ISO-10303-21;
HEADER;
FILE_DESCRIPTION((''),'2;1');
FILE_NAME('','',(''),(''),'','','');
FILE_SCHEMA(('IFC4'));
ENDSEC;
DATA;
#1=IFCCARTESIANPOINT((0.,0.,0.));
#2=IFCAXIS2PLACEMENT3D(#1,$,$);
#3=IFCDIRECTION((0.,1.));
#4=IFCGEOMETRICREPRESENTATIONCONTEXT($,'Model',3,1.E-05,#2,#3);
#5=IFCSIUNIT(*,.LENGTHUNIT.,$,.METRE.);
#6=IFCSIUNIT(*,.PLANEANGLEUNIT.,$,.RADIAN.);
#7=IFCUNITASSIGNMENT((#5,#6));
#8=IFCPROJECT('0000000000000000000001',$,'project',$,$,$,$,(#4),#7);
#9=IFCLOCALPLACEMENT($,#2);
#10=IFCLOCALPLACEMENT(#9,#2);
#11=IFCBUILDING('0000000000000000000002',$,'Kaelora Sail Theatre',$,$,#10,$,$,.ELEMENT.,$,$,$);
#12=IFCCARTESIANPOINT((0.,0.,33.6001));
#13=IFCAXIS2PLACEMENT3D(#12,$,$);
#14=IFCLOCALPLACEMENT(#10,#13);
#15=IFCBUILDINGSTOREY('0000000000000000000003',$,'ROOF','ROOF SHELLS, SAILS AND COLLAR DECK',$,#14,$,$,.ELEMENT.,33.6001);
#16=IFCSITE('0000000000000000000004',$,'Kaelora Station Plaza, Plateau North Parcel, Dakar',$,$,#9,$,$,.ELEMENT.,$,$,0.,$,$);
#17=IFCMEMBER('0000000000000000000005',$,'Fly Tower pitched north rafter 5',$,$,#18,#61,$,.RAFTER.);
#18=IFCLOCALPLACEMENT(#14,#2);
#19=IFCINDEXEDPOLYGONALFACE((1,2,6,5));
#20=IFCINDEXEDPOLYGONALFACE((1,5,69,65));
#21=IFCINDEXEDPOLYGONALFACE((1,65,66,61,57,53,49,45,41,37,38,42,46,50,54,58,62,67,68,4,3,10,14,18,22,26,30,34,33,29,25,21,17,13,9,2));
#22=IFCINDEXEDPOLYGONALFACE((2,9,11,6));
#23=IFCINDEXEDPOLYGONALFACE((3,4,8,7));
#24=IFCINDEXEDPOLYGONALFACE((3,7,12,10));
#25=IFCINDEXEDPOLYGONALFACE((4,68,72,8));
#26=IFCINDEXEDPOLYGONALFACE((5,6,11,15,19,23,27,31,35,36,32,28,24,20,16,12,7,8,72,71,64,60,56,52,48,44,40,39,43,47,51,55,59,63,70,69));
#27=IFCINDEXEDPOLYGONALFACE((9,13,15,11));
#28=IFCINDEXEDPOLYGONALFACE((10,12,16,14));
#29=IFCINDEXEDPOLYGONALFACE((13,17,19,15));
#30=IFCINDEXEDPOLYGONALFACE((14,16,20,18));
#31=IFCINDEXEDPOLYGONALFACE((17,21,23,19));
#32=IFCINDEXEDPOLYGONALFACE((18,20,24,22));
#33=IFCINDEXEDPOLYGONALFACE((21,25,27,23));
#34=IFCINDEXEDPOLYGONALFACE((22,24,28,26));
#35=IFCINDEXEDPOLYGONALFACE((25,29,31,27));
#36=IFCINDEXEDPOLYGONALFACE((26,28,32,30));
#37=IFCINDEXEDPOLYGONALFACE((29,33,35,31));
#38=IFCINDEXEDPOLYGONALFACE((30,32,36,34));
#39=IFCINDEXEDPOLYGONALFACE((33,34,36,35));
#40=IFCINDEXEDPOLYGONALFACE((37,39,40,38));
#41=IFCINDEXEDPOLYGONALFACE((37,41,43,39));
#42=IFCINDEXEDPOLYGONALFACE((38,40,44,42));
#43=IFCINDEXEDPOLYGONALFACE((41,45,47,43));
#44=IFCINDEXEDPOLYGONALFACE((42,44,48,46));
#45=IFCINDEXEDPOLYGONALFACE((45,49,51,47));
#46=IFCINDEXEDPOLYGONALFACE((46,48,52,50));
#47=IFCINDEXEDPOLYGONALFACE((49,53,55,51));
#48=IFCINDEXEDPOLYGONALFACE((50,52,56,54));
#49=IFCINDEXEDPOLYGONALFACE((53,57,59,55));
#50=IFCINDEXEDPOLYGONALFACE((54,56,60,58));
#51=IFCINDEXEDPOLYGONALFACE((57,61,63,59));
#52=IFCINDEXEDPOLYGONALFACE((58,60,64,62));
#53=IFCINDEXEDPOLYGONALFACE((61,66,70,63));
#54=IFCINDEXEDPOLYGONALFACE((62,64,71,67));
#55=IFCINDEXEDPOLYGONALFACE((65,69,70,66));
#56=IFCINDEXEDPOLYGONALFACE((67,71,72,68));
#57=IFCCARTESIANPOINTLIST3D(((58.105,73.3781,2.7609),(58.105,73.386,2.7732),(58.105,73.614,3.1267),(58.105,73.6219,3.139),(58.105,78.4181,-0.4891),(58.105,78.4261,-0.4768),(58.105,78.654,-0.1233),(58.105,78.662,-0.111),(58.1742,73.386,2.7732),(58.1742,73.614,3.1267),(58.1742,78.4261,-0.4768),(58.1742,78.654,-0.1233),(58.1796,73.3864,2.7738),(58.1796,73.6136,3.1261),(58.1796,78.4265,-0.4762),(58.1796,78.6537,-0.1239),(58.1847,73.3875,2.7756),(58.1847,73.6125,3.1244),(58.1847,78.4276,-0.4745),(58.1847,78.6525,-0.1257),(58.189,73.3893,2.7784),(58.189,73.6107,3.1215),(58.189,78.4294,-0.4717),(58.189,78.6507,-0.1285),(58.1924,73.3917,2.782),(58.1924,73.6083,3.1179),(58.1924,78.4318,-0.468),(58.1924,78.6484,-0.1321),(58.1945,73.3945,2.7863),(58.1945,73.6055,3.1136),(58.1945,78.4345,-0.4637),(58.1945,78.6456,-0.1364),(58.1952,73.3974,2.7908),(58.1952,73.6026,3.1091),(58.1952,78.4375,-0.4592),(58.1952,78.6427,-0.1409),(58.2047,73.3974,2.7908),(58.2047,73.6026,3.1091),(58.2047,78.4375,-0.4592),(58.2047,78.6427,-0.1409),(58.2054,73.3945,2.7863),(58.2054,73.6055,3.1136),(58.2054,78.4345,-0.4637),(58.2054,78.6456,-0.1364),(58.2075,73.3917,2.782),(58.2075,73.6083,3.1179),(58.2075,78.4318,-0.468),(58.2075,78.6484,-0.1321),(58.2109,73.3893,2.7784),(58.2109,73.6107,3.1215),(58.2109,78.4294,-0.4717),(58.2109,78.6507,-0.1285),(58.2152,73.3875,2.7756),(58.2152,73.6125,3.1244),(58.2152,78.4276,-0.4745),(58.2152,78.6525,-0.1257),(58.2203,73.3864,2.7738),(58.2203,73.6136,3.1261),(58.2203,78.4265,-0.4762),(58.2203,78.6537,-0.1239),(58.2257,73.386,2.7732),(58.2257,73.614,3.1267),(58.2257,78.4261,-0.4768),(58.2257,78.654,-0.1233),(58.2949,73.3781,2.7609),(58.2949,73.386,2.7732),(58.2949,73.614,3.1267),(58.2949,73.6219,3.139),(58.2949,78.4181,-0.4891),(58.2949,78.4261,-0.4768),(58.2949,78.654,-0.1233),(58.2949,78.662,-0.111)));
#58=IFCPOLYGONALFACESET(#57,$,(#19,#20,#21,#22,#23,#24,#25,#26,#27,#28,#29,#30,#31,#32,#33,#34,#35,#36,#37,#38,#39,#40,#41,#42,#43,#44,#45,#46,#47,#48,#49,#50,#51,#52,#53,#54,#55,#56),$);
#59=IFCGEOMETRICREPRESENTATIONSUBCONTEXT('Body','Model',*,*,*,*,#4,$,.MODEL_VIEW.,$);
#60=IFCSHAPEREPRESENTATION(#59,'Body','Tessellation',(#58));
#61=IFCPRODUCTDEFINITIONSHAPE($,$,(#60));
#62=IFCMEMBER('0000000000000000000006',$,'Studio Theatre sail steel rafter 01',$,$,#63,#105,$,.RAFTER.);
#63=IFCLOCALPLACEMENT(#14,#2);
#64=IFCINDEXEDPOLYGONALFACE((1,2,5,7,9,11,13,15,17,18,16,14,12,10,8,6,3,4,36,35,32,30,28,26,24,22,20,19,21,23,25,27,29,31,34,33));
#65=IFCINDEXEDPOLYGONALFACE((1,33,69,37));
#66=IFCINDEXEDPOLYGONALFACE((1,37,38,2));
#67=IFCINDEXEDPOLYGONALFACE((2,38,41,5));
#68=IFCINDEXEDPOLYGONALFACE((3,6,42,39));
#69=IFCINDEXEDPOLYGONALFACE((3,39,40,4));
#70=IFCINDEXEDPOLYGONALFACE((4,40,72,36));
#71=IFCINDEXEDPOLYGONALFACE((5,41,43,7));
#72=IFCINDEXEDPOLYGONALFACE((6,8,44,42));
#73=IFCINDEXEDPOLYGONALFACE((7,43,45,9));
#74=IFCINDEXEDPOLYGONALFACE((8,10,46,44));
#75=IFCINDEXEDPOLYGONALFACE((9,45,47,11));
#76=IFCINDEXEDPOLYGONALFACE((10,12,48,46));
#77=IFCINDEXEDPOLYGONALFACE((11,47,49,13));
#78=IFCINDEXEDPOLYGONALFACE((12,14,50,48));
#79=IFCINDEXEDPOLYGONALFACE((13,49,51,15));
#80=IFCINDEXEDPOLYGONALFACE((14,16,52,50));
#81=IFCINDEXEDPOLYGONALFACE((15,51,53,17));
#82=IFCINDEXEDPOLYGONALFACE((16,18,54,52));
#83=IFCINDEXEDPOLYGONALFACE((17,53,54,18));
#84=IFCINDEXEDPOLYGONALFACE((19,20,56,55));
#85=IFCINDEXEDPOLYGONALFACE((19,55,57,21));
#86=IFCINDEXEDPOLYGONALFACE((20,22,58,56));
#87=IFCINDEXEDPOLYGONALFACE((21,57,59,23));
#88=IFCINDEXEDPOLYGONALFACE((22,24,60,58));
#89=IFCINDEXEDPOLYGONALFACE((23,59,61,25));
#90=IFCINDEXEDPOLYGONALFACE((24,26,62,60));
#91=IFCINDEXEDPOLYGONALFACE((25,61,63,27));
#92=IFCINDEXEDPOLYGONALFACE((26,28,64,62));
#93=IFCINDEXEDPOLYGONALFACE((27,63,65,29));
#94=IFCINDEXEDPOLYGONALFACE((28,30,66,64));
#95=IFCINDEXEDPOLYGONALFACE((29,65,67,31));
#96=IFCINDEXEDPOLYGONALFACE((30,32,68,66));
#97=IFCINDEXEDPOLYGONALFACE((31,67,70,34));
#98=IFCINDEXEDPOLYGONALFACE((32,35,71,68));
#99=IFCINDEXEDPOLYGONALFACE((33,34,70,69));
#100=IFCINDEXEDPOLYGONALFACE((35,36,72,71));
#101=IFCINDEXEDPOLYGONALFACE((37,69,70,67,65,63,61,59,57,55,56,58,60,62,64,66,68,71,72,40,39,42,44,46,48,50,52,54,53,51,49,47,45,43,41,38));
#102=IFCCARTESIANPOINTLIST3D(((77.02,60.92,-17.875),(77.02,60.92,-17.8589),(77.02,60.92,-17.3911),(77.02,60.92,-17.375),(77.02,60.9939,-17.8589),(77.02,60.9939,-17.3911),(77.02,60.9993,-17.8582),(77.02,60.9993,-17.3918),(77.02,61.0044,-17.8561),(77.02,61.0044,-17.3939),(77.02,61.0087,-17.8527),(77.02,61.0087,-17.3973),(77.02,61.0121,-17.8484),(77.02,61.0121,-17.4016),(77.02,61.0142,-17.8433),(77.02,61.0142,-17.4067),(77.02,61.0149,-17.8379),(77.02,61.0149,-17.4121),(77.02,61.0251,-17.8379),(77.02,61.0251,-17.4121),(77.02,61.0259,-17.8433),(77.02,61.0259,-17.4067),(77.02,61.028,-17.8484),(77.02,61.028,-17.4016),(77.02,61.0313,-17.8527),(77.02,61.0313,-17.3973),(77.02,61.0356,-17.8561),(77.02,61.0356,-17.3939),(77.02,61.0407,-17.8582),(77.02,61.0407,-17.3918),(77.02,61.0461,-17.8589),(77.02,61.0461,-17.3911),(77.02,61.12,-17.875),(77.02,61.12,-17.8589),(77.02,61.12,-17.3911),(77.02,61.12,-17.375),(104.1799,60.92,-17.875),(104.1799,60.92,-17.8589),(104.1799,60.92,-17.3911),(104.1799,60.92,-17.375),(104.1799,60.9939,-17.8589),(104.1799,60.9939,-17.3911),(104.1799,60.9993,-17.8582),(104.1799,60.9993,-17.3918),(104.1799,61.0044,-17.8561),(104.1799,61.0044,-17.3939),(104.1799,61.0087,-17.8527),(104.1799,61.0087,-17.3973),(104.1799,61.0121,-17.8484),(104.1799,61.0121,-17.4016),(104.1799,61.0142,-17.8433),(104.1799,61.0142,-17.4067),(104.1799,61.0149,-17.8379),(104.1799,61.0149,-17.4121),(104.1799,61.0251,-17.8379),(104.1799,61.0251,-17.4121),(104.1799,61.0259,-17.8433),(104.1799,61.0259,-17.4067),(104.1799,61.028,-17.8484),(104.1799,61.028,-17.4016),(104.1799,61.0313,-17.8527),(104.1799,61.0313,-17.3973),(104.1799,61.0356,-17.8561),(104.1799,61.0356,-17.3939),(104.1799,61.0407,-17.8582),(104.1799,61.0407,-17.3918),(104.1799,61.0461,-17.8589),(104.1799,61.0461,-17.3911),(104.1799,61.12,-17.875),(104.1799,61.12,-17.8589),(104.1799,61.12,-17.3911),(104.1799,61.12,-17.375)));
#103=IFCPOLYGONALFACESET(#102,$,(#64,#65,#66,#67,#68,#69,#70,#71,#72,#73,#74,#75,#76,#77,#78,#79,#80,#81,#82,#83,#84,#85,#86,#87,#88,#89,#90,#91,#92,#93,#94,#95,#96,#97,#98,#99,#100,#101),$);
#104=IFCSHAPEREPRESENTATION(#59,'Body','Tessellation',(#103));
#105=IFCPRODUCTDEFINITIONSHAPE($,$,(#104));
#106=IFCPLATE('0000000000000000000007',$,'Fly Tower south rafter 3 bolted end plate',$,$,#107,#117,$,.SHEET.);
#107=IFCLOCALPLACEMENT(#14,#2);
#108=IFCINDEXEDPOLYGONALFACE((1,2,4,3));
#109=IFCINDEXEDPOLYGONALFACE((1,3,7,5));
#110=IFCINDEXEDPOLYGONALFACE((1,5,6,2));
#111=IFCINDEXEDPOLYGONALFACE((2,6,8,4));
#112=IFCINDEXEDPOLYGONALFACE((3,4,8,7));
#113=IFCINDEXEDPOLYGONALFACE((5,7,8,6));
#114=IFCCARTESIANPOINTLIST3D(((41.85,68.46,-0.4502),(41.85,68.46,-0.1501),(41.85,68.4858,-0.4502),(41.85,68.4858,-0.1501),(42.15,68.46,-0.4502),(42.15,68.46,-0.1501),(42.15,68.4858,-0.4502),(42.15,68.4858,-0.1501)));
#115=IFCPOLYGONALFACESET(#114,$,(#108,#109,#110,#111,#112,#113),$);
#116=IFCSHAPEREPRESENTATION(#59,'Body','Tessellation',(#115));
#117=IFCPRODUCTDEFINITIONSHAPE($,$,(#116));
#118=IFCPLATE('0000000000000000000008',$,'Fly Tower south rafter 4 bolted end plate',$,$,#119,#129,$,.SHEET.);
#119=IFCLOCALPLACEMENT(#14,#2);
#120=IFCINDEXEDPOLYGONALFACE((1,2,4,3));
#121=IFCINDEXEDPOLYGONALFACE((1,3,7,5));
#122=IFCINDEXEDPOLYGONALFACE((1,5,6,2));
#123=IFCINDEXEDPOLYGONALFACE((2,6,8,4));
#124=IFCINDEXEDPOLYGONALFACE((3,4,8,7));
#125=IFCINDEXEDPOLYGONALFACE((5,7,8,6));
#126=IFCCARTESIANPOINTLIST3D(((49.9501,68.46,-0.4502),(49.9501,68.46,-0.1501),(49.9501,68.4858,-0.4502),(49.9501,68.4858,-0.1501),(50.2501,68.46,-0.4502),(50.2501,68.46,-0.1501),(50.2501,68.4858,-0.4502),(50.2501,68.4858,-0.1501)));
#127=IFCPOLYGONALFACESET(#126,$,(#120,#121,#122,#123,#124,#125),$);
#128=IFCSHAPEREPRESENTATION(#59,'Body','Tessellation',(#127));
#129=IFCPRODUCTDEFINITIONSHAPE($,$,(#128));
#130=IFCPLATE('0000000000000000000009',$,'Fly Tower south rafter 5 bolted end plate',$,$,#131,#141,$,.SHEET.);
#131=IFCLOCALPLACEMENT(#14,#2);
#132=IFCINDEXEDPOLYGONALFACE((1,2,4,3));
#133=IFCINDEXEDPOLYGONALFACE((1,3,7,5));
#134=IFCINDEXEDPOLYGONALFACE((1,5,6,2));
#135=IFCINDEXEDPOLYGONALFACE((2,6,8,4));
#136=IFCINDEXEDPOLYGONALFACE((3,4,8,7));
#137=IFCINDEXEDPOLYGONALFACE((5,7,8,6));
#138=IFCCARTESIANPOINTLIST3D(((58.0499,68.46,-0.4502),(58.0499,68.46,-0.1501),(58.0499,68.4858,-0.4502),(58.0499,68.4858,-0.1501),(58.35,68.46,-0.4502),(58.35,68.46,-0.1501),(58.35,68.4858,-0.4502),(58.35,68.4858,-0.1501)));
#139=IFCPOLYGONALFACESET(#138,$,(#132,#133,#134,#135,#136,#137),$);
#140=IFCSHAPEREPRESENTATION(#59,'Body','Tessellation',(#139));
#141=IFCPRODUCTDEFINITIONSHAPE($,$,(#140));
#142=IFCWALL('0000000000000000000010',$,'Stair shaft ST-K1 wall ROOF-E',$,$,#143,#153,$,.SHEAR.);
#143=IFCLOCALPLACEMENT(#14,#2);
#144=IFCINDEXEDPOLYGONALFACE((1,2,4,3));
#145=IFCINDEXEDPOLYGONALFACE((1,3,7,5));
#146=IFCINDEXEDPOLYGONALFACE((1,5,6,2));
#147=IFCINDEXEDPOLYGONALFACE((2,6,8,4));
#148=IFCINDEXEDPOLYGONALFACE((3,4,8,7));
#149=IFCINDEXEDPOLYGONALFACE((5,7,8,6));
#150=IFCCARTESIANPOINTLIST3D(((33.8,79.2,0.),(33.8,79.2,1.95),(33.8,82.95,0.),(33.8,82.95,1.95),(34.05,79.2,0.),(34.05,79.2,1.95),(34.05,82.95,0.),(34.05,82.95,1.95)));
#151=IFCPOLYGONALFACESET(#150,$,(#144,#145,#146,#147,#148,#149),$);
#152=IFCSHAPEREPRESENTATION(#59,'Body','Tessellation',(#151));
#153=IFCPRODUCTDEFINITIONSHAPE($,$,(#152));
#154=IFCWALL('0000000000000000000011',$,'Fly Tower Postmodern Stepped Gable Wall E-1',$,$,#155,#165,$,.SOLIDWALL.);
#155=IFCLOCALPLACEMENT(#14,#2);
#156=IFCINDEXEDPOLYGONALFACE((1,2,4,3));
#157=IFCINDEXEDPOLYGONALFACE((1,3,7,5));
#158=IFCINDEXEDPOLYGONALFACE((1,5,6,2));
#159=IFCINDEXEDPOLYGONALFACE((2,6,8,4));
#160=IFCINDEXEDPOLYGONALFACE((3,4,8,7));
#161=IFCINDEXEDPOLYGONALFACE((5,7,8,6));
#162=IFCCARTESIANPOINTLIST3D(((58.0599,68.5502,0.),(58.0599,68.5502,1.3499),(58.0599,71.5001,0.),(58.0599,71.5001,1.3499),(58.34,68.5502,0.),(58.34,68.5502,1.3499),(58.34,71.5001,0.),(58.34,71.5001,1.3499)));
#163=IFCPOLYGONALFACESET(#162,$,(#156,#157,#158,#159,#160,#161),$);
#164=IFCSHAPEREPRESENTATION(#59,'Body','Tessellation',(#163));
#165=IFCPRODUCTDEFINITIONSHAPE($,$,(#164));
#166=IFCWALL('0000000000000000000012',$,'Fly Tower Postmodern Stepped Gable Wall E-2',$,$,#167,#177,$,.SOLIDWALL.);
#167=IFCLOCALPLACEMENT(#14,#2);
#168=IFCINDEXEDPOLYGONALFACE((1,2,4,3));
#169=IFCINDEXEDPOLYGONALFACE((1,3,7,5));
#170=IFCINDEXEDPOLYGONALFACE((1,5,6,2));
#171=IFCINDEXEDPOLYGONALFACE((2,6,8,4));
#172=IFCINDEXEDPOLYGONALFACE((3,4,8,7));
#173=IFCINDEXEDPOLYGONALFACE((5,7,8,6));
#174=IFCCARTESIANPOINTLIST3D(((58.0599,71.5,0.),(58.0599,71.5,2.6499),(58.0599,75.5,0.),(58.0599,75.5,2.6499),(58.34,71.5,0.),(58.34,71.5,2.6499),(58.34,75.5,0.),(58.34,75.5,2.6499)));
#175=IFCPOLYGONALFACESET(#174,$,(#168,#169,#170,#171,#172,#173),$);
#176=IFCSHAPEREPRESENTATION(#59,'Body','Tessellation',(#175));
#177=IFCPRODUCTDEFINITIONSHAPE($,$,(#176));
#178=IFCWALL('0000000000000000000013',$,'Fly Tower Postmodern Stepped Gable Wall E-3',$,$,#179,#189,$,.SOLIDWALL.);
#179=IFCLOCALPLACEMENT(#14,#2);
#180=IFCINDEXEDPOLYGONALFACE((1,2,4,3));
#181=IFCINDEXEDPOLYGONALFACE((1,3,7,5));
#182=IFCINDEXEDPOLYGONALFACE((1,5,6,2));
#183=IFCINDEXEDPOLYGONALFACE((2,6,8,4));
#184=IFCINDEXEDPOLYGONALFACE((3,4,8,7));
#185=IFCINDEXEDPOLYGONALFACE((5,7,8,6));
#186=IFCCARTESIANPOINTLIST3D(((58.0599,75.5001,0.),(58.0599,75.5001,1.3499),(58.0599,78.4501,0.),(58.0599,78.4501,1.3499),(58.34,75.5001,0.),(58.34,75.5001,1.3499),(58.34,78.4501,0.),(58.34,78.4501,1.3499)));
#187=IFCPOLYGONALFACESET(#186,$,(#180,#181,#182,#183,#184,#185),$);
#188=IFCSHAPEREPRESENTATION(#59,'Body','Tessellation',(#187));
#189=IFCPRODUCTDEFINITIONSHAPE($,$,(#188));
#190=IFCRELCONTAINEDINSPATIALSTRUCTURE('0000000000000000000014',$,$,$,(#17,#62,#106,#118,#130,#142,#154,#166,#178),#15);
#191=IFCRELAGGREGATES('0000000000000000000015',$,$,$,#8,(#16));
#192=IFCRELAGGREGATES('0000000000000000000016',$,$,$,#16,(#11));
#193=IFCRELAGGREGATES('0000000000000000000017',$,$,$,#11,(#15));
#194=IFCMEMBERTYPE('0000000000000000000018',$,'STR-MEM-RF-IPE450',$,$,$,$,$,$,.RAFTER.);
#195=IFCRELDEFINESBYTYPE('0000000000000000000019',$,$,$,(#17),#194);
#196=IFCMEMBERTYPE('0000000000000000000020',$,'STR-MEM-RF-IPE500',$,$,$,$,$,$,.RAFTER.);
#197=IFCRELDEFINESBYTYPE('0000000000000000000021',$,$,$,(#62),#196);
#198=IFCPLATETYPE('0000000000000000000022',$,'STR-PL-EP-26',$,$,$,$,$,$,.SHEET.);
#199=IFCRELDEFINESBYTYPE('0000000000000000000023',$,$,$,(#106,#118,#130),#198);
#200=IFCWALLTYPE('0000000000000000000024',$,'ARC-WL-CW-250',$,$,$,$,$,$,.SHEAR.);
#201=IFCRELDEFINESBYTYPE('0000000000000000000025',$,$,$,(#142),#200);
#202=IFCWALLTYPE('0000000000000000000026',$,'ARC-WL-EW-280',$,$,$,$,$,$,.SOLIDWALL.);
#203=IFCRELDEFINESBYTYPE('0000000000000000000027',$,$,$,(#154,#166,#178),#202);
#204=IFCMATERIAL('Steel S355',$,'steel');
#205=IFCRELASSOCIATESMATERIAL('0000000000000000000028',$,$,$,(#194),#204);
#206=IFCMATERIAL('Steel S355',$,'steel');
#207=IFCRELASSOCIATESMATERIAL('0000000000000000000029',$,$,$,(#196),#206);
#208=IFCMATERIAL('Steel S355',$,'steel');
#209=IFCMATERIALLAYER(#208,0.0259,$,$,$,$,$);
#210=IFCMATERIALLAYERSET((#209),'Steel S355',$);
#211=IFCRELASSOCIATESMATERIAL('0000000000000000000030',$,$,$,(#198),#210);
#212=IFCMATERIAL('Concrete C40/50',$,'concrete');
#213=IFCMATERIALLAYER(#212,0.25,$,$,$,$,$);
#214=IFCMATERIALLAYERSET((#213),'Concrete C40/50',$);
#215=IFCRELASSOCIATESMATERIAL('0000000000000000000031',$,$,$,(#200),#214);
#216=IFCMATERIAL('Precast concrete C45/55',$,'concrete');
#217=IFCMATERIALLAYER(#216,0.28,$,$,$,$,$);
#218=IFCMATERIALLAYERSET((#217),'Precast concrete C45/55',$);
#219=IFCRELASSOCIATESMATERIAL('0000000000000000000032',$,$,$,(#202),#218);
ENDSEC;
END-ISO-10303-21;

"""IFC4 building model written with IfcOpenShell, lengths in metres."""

from ifc_helpers import new_model, si_unit, direction, frame, frame_2d, origin, origin_2d, place, context, subcontext, project, spatial, rectangle, i_section, extrude, material, layer, layer_set, material_profile, profile_set, type_object, element, save


model = new_model("IFC4")

# Units and contexts
model_context = context("Model", 3, precision=1e-05, world=origin(), true_north=direction((0.0, 1.0)))
body_context = subcontext(model_context, "Body", "Model", "MODEL_VIEW")
ifc_project = project(units=[si_unit("LENGTHUNIT", "METRE"), si_unit("PLANEANGLEUNIT", "RADIAN")], contexts=[model_context])

# Site, building, storey
site_placement = place(None, origin())
site = spatial("IfcSite", under=ifc_project, at=site_placement, Name="Kaelora Station Plaza, Plateau North Parcel, Dakar", CompositionType="ELEMENT", RefElevation=0.0)
building_placement = place(site_placement, origin())
building = spatial("IfcBuilding", under=site, at=building_placement, Name="Kaelora Sail Theatre", CompositionType="ELEMENT")
storey_placement = place(building_placement, frame((0.0, 0.0, 33.6001)))
storey = spatial("IfcBuildingStorey", under=building, at=storey_placement, Name="ROOF", Description="ROOF SHELLS, SAILS AND COLLAR DECK", CompositionType="ELEMENT", Elevation=33.6001)

# Members
ifc_material_1 = material(Name="Steel S355", Category="steel")
ifc_material_profile_1 = material_profile(ifc_material_1, i_section(OverallWidth=0.1899, OverallDepth=0.45, WebThickness=0.0095, FlangeThickness=0.0146, FilletRadius=0.021, at=origin_2d()), Name="IPE 450")
ifc_profile_set_1 = profile_set([ifc_material_profile_1], Name="Steel S355")
member_type_1 = type_object("IfcMemberType", Name="STR-MEM-RF-IPE450", PredefinedType="RAFTER", material=ifc_profile_set_1)
for number, where, z_axis, x_axis, name in (
    (1, (58.2, 73.5, 2.95), (0.0, 0.840421, -0.541934), (-1.0, 0.0, 0.0), "Fly Tower pitched north rafter 5"),
):
    element("IfcMember", number, at=place(storey_placement, frame(where, z_axis=z_axis, x_axis=x_axis)), inside=storey, type_object=member_type_1, Name=name, PredefinedType="RAFTER", context=body_context, shape_type="SweptSolid", body=[
        extrude(i_section(OverallWidth=0.1899, OverallDepth=0.45, WebThickness=0.0095, FlangeThickness=0.0146, FilletRadius=0.021, at=origin_2d()), origin(), (0.0, 0.0, 1.0), 5.9971),
    ])
ifc_material_2 = material(Name="Steel S355", Category="steel")
ifc_material_profile_2 = material_profile(ifc_material_2, i_section(OverallWidth=0.2, OverallDepth=0.5, WebThickness=0.0103, FlangeThickness=0.0161, FilletRadius=0.021, at=origin_2d()), Name="IPE 500")
ifc_profile_set_2 = profile_set([ifc_material_profile_2], Name="Steel S355")
member_type_2 = type_object("IfcMemberType", Name="STR-MEM-RF-IPE500", PredefinedType="RAFTER", material=ifc_profile_set_2)
member_placement = place(storey_placement, frame((77.02, 61.02, -17.625), z_axis=(1.0, 0.0, 0.0), x_axis=(0.0, 1.0, 0.0)))
element("IfcMember", 2, at=member_placement, inside=storey, type_object=member_type_2, Name="Studio Theatre sail steel rafter 01", PredefinedType="RAFTER", context=body_context, shape_type="SweptSolid", body=[
    extrude(i_section(OverallWidth=0.2, OverallDepth=0.5, WebThickness=0.0103, FlangeThickness=0.0161, FilletRadius=0.021, at=origin_2d()), origin(), (0.0, 0.0, 1.0), 27.1599),
])

# Plates
ifc_material_3 = material(Name="Steel S355", Category="steel")
ifc_layer_1 = layer(ifc_material_3, 0.0259)
ifc_layer_set_1 = layer_set([ifc_layer_1], Name="Steel S355")
plate_type = type_object("IfcPlateType", Name="STR-PL-EP-26", PredefinedType="SHEET", material=ifc_layer_set_1)
for number, where, z_axis, x_axis, name in (
    (3, (42.0, 68.4729, -0.4502), (0.0, 0.0, 1.0), (1.0, 0.0, 0.0), "Fly Tower south rafter 3 bolted end plate"),
    (4, (50.1001, 68.4729, -0.4502), (0.0, 0.0, 1.0), (1.0, 0.0, 0.0), "Fly Tower south rafter 4 bolted end plate"),
    (5, (58.2, 68.4729, -0.4502), (0.0, 0.0, 1.0), (1.0, 0.0, 0.0), "Fly Tower south rafter 5 bolted end plate"),
):
    element("IfcPlate", number, at=place(storey_placement, frame(where, z_axis=z_axis, x_axis=x_axis)), inside=storey, type_object=plate_type, Name=name, PredefinedType="SHEET", context=body_context, shape_type="SweptSolid", body=[
        extrude(rectangle(XDim=0.3, YDim=0.0259, at=origin_2d()), origin(), (0.0, 0.0, 1.0), 0.3),
    ])

# Walls
ifc_material_4 = material(Name="Concrete C40/50", Category="concrete")
ifc_layer_2 = layer(ifc_material_4, 0.25)
ifc_layer_set_2 = layer_set([ifc_layer_2], Name="Concrete C40/50")
wall_type_1 = type_object("IfcWallType", Name="ARC-WL-CW-250", PredefinedType="SHEAR", material=ifc_layer_set_2)
wall_1_placement = place(storey_placement, frame((33.925, 79.2, 0.0), z_axis=(0.0, 0.0, 1.0), x_axis=(0.0, 1.0, 0.0)))
element("IfcWall", 6, at=wall_1_placement, inside=storey, type_object=wall_type_1, Name="Stair shaft ST-K1 wall ROOF-E", PredefinedType="SHEAR", context=body_context, shape_type="SweptSolid", body=[
    extrude(rectangle(XDim=3.75, YDim=0.25, at=frame_2d((1.875, 0.0))), origin(), (0.0, 0.0, 1.0), 1.95),
])
ifc_material_5 = material(Name="Precast concrete C45/55", Category="concrete")
ifc_layer_3 = layer(ifc_material_5, 0.28)
ifc_layer_set_3 = layer_set([ifc_layer_3], Name="Precast concrete C45/55")
wall_type_2 = type_object("IfcWallType", Name="ARC-WL-EW-280", PredefinedType="SOLIDWALL", material=ifc_layer_set_3)
wall_2_placement = place(storey_placement, frame((58.2, 68.55, 0.0), z_axis=(0.0, 0.0, 1.0), x_axis=(0.0, 1.0, 0.0)))
element("IfcWall", 7, at=wall_2_placement, inside=storey, type_object=wall_type_2, Name="Fly Tower Postmodern Stepped Gable Wall E-1", PredefinedType="SOLIDWALL", context=body_context, shape_type="SweptSolid", body=[
    extrude(rectangle(XDim=2.95, YDim=0.28, at=frame_2d((1.4751, 0.0))), origin(), (0.0, 0.0, 1.0), 1.3499),
])
wall_3_placement = place(storey_placement, frame((58.2, 71.5, 0.0), z_axis=(0.0, 0.0, 1.0), x_axis=(0.0, 1.0, 0.0)))
element("IfcWall", 8, at=wall_3_placement, inside=storey, type_object=wall_type_2, Name="Fly Tower Postmodern Stepped Gable Wall E-2", PredefinedType="SOLIDWALL", context=body_context, shape_type="SweptSolid", body=[
    extrude(rectangle(XDim=4.0, YDim=0.28, at=frame_2d((2.0, 0.0))), origin(), (0.0, 0.0, 1.0), 2.6499),
])
wall_4_placement = place(storey_placement, frame((58.2, 75.5, 0.0), z_axis=(0.0, 0.0, 1.0), x_axis=(0.0, 1.0, 0.0)))
element("IfcWall", 9, at=wall_4_placement, inside=storey, type_object=wall_type_2, Name="Fly Tower Postmodern Stepped Gable Wall E-3", PredefinedType="SOLIDWALL", context=body_context, shape_type="SweptSolid", body=[
    extrude(rectangle(XDim=2.95, YDim=0.28, at=frame_2d((1.4751, 0.0))), origin(), (0.0, 0.0, 1.0), 1.3499),
])

save(model, "model.ifc")
